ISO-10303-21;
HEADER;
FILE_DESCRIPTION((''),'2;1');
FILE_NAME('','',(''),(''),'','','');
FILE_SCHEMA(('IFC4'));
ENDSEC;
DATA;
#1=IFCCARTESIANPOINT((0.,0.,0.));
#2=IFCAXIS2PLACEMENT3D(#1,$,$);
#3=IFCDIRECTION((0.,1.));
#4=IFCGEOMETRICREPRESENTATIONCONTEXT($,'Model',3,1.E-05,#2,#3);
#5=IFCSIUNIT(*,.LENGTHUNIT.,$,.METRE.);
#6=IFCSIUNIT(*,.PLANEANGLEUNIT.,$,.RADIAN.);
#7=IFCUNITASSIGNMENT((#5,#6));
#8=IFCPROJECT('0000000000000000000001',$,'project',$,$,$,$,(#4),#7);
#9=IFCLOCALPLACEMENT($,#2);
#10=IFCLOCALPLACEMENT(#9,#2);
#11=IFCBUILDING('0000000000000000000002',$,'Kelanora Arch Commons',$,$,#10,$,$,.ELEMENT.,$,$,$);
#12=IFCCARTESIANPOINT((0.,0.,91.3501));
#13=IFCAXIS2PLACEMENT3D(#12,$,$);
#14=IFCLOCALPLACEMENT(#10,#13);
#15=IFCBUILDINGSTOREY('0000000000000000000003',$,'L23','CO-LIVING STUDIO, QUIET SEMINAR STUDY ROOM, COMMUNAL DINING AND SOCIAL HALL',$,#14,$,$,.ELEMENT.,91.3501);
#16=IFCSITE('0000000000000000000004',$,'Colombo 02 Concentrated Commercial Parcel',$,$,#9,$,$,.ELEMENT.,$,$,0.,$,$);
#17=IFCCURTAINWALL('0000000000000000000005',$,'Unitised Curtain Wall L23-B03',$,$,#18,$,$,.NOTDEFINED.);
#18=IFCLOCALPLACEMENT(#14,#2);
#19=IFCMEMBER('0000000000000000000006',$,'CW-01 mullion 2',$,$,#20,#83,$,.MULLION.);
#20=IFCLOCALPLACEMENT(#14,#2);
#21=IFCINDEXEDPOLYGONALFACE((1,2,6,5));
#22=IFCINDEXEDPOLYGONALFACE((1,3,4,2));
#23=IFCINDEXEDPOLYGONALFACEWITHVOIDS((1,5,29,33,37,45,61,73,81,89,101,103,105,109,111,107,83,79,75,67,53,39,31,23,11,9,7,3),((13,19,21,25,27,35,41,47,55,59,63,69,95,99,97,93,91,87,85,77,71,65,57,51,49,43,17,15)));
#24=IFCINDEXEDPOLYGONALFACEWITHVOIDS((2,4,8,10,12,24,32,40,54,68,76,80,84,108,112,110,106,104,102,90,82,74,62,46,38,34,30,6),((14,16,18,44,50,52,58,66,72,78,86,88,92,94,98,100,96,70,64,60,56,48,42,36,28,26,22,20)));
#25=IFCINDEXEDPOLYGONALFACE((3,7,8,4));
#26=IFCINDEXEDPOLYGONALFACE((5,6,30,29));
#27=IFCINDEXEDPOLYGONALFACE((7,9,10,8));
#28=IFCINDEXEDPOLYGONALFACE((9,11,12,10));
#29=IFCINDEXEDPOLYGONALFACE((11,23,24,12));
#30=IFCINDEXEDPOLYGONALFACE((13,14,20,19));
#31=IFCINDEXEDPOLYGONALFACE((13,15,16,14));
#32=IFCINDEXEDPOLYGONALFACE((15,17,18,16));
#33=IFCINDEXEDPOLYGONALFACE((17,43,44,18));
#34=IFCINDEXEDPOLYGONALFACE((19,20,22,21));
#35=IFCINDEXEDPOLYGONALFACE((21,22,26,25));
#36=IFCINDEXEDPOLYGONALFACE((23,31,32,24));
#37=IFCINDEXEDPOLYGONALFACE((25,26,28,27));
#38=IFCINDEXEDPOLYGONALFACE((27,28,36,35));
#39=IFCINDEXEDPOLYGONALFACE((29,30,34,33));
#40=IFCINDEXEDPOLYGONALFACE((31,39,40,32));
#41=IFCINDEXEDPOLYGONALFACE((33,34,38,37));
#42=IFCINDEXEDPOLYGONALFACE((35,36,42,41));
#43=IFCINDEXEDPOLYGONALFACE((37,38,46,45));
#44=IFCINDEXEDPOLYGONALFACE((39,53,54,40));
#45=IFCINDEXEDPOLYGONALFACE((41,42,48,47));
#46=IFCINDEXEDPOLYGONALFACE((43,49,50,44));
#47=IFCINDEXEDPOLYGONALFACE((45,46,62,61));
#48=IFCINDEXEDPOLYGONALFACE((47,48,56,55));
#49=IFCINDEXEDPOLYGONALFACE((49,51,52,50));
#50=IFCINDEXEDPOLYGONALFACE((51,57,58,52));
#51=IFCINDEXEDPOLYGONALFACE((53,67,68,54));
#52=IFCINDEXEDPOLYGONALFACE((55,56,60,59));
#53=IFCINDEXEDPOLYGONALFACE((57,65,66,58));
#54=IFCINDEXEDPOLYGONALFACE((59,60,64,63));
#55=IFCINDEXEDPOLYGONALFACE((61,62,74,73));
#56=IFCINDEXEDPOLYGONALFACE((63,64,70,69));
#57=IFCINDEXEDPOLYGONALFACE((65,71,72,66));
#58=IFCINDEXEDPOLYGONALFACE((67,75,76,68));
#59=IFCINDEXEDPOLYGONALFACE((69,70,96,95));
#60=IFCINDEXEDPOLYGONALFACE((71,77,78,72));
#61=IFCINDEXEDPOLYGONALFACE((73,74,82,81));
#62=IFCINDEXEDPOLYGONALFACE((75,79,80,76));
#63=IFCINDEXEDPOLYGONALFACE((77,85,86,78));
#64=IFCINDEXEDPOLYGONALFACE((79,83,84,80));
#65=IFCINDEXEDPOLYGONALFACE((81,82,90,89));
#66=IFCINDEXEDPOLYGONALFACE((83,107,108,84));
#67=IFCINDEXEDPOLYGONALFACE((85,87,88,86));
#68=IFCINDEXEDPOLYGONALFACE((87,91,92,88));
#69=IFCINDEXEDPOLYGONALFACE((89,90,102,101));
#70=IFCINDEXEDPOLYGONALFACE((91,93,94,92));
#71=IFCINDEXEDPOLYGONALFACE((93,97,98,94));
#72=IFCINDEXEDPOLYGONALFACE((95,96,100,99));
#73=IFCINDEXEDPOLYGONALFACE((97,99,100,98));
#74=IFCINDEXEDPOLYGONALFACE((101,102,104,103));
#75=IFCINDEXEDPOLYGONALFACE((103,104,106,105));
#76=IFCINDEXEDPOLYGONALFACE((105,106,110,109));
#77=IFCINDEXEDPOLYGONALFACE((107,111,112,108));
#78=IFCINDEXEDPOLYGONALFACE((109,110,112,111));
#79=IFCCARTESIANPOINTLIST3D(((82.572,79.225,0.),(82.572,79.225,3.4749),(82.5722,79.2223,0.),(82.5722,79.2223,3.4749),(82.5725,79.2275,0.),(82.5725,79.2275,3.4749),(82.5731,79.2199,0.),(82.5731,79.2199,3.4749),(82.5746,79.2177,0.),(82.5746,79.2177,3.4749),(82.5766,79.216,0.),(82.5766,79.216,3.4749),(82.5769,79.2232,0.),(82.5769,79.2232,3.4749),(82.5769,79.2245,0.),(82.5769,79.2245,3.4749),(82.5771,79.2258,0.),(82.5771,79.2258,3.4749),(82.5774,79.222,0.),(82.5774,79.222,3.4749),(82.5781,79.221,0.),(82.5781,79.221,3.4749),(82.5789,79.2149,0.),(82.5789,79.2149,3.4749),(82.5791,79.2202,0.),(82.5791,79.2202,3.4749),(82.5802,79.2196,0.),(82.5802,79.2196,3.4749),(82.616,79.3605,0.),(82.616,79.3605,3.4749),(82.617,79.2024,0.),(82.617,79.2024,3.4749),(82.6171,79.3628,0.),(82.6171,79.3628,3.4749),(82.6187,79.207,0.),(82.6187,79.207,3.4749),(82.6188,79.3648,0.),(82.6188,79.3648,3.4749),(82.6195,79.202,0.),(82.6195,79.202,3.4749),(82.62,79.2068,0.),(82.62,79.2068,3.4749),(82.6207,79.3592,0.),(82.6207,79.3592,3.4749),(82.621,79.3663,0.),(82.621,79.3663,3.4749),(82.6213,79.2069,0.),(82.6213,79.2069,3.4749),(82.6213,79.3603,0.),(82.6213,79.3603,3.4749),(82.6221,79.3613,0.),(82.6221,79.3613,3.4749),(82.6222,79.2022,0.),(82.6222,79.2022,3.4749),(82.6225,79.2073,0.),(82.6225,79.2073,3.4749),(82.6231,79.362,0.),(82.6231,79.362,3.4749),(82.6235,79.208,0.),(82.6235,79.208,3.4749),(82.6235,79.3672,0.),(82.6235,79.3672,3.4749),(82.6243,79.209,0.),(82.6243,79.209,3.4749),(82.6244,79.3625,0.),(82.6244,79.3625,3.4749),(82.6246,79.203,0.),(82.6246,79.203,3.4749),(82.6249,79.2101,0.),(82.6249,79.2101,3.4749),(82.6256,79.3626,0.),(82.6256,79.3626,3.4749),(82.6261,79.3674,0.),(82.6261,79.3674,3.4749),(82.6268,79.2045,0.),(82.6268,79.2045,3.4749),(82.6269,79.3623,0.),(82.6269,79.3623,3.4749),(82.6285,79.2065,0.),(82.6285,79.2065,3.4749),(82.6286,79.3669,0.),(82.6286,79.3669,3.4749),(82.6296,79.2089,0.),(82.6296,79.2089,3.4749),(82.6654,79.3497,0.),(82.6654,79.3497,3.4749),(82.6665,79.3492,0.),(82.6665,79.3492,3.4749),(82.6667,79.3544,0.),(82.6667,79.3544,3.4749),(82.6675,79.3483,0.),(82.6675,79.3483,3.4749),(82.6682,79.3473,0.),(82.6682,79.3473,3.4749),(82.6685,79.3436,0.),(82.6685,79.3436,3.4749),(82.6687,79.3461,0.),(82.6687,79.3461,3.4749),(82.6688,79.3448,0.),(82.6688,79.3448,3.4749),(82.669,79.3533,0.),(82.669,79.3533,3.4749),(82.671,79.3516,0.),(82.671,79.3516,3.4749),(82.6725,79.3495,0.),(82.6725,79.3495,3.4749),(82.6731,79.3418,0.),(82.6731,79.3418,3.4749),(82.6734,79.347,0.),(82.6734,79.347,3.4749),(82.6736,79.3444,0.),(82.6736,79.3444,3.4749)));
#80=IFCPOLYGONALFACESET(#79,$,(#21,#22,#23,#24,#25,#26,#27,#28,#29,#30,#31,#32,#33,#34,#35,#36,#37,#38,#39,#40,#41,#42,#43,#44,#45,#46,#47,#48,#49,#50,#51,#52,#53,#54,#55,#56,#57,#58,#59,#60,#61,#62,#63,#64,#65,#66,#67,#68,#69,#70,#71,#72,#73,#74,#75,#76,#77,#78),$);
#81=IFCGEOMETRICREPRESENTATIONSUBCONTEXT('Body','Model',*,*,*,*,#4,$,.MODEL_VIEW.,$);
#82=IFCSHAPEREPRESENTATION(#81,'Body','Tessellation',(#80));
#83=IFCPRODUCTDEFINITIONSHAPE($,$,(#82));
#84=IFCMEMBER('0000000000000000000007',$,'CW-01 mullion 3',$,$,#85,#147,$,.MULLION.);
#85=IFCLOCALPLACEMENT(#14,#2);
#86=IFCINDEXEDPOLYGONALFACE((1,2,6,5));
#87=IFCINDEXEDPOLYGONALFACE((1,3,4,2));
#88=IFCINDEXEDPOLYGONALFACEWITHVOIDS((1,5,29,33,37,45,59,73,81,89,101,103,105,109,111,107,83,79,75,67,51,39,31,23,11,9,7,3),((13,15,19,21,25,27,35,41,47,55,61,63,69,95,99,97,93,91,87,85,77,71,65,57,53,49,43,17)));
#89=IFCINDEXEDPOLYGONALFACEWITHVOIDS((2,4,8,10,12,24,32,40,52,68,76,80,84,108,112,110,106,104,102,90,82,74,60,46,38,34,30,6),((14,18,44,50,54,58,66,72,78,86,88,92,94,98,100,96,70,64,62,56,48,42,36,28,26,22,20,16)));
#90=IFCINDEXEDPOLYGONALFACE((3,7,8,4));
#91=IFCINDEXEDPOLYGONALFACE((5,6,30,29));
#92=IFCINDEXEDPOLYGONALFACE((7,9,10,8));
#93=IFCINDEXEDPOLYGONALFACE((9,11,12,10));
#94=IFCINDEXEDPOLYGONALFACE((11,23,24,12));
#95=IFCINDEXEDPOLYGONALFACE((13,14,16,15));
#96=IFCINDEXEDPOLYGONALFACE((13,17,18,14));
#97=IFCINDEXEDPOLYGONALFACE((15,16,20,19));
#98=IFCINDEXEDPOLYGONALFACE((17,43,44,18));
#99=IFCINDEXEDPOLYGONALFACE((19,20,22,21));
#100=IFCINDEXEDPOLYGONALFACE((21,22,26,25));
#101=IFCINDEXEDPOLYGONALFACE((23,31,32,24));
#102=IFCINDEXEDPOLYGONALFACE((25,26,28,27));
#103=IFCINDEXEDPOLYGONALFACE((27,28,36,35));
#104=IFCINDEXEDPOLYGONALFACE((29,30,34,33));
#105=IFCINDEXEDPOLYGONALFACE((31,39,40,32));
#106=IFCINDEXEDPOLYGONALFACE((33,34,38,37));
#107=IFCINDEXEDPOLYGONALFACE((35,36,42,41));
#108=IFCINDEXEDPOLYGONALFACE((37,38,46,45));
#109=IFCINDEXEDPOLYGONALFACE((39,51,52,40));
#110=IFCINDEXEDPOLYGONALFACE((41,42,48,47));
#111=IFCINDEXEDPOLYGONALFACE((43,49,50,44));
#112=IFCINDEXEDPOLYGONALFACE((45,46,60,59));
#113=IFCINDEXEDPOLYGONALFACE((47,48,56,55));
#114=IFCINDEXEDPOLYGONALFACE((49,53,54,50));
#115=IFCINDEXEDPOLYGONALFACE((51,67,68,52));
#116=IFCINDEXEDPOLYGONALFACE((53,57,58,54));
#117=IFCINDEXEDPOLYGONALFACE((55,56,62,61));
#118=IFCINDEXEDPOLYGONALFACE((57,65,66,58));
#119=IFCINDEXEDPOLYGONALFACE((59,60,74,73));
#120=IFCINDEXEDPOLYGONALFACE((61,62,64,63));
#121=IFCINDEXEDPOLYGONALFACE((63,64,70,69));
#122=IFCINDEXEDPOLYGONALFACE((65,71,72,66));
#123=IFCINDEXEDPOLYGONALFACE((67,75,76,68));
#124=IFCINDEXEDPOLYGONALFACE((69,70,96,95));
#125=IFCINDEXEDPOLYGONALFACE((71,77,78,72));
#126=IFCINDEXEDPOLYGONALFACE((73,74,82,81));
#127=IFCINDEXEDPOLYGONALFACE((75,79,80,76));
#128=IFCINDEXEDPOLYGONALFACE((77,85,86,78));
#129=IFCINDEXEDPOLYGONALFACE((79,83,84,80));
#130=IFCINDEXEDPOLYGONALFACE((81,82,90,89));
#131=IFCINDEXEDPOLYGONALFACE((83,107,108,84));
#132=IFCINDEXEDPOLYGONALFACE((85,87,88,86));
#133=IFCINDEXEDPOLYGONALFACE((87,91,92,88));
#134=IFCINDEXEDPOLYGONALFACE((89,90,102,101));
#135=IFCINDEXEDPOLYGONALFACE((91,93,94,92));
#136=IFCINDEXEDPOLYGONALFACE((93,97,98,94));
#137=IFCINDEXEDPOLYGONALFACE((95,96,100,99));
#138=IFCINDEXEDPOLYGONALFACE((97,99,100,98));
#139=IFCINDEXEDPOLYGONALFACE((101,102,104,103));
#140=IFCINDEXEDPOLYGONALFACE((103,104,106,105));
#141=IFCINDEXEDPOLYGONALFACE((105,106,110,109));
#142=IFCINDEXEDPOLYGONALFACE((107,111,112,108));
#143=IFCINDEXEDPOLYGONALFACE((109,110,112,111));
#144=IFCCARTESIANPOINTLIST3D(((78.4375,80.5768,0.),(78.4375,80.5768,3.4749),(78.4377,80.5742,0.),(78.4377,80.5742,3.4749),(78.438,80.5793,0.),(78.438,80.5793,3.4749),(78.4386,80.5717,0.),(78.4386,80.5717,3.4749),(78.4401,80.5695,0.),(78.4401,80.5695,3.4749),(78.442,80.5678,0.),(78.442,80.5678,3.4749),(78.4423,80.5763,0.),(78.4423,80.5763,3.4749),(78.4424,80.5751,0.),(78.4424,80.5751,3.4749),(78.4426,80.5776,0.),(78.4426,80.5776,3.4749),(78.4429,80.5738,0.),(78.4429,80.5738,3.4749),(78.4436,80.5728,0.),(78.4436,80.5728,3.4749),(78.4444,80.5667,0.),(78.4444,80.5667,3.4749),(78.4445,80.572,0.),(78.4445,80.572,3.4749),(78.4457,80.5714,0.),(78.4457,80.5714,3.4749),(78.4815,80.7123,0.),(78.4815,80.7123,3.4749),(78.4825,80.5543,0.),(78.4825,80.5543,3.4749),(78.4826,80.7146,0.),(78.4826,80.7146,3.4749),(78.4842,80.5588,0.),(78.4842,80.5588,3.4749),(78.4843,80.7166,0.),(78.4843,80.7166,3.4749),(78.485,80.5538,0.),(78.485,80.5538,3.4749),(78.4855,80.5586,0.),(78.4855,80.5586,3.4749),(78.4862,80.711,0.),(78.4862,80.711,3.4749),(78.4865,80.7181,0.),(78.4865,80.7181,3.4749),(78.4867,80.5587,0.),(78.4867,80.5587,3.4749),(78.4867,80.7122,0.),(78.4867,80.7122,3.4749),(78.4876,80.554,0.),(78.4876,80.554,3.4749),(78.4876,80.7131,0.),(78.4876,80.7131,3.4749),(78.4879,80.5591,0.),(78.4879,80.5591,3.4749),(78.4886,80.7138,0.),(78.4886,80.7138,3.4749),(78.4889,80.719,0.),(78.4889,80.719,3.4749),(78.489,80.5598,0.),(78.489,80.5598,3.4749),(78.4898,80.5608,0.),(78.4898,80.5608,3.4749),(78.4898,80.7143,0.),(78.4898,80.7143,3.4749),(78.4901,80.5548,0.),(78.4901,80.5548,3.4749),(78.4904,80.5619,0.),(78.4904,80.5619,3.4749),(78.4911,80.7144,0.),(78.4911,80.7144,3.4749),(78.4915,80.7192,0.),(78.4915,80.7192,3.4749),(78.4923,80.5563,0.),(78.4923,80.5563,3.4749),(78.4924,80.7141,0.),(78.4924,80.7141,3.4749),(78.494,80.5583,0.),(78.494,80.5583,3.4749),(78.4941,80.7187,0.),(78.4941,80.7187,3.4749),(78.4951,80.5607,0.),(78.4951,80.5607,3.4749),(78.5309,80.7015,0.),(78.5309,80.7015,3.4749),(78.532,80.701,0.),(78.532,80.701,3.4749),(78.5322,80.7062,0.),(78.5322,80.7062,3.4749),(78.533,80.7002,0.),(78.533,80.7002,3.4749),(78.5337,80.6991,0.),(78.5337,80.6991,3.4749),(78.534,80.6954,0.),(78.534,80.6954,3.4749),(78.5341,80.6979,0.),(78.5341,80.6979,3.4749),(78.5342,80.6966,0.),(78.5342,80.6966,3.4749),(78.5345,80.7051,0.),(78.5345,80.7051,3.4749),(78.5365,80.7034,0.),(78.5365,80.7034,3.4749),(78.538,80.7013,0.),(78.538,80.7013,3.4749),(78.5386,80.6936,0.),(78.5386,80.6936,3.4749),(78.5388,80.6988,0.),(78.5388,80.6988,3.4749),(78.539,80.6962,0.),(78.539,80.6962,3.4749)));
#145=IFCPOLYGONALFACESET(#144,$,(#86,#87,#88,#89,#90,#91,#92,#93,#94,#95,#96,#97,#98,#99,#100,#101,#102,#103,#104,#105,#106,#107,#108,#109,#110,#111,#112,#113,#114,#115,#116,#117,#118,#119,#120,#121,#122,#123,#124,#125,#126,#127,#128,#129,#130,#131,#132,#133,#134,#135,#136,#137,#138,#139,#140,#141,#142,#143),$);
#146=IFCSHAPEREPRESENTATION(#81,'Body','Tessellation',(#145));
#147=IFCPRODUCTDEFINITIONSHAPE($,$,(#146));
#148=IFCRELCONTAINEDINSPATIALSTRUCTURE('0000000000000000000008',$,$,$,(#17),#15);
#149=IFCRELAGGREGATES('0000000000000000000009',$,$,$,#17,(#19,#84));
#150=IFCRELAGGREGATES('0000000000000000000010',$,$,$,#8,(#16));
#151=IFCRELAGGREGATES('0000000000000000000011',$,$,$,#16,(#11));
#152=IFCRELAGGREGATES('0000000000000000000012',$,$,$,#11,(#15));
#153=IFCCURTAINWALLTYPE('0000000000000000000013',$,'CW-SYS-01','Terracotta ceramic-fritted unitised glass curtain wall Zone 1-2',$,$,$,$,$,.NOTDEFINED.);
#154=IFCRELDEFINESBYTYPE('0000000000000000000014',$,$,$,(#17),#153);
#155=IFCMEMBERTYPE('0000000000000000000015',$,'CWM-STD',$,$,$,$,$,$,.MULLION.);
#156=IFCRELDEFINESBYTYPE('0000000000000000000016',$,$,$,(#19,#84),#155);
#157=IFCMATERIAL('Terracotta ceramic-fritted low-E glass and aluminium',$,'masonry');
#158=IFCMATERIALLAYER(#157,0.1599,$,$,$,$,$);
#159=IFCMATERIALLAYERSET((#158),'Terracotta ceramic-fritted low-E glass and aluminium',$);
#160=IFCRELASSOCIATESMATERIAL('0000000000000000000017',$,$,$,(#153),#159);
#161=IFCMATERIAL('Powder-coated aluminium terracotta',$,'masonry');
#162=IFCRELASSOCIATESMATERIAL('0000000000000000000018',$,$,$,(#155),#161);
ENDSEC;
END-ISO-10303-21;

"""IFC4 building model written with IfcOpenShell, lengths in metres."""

from ifc_helpers import new_model, si_unit, direction, frame, origin, origin_2d, place, context, subcontext, project, spatial, hollow_rectangle, extrude, material, layer, layer_set, material_profile, profile_set, type_object, element, aggregate, save


model = new_model("IFC4")

# Units and contexts
model_context = context("Model", 3, precision=1e-05, world=origin(), true_north=direction((0.0, 1.0)))
body_context = subcontext(model_context, "Body", "Model", "MODEL_VIEW")
ifc_project = project(units=[si_unit("LENGTHUNIT", "METRE"), si_unit("PLANEANGLEUNIT", "RADIAN")], contexts=[model_context])

# Site, building, storey
site_placement = place(None, origin())
site = spatial("IfcSite", under=ifc_project, at=site_placement, Name="Colombo 02 Concentrated Commercial Parcel", CompositionType="ELEMENT", RefElevation=0.0)
building_placement = place(site_placement, origin())
building = spatial("IfcBuilding", under=site, at=building_placement, Name="Kelanora Arch Commons", CompositionType="ELEMENT")
storey_placement = place(building_placement, frame((0.0, 0.0, 91.3501)))
storey = spatial("IfcBuildingStorey", under=building, at=storey_placement, Name="L23", Description="CO-LIVING STUDIO, QUIET SEMINAR STUDY ROOM, COMMUNAL DINING AND SOCIAL HALL", CompositionType="ELEMENT", Elevation=91.3501)

# Curtain wall, members
ifc_material_1 = material(Name="Terracotta ceramic-fritted low-E glass and aluminium", Category="masonry")
ifc_layer_1 = layer(ifc_material_1, 0.1599)
ifc_layer_set_1 = layer_set([ifc_layer_1], Name="Terracotta ceramic-fritted low-E glass and aluminium")
curtain_wall_type = type_object("IfcCurtainWallType", Name="CW-SYS-01", Description="Terracotta ceramic-fritted unitised glass curtain wall Zone 1-2", PredefinedType="NOTDEFINED", material=ifc_layer_set_1)
curtain_wall_placement = place(storey_placement, origin())
curtain_wall = element("IfcCurtainWall", 1, at=curtain_wall_placement, inside=storey, type_object=curtain_wall_type, Name="Unitised Curtain Wall L23-B03", PredefinedType="NOTDEFINED")
ifc_material_2 = material(Name="Powder-coated aluminium terracotta", Category="masonry")
ifc_material_profile_1 = material_profile(ifc_material_2, hollow_rectangle(XDim=0.1599, YDim=0.0601, WallThickness=0.0049, InnerFilletRadius=0.0049, OuterFilletRadius=0.01, at=origin_2d()), Name="CWM160x60")
ifc_profile_set_1 = profile_set([ifc_material_profile_1], Name="Powder-coated aluminium terracotta")
member_type_1 = type_object("IfcMemberType", Name="CWM-STD", PredefinedType="MULLION", material=ifc_profile_set_1)
member_1_placement = place(storey_placement, frame((82.6228, 79.2847, 0.0), z_axis=(0.0, 0.0, 1.0), x_axis=(-0.310805, -0.950474, 0.0)))
member_1 = element("IfcMember", 2, at=member_1_placement, type_object=member_type_1, Name="CW-01 mullion 2", PredefinedType="MULLION", context=body_context, shape_type="SweptSolid", body=[
    extrude(hollow_rectangle(XDim=0.1599, YDim=0.0601, WallThickness=0.0049, InnerFilletRadius=0.0049, OuterFilletRadius=0.01, at=origin_2d()), origin(), (0.0, 0.0, 1.0), 3.4749),
])
member_2_placement = place(storey_placement, frame((78.4883, 80.6365, 0.0), z_axis=(0.0, 0.0, 1.0), x_axis=(-0.310805, -0.950474, 0.0)))
member_2 = element("IfcMember", 3, at=member_2_placement, type_object=member_type_1, Name="CW-01 mullion 3", PredefinedType="MULLION", context=body_context, shape_type="SweptSolid", body=[
    extrude(hollow_rectangle(XDim=0.1599, YDim=0.0601, WallThickness=0.0049, InnerFilletRadius=0.0049, OuterFilletRadius=0.01, at=origin_2d()), origin(), (0.0, 0.0, 1.0), 3.4749),
])
aggregate(curtain_wall, [member_1, member_2])

save(model, "model.ifc")
